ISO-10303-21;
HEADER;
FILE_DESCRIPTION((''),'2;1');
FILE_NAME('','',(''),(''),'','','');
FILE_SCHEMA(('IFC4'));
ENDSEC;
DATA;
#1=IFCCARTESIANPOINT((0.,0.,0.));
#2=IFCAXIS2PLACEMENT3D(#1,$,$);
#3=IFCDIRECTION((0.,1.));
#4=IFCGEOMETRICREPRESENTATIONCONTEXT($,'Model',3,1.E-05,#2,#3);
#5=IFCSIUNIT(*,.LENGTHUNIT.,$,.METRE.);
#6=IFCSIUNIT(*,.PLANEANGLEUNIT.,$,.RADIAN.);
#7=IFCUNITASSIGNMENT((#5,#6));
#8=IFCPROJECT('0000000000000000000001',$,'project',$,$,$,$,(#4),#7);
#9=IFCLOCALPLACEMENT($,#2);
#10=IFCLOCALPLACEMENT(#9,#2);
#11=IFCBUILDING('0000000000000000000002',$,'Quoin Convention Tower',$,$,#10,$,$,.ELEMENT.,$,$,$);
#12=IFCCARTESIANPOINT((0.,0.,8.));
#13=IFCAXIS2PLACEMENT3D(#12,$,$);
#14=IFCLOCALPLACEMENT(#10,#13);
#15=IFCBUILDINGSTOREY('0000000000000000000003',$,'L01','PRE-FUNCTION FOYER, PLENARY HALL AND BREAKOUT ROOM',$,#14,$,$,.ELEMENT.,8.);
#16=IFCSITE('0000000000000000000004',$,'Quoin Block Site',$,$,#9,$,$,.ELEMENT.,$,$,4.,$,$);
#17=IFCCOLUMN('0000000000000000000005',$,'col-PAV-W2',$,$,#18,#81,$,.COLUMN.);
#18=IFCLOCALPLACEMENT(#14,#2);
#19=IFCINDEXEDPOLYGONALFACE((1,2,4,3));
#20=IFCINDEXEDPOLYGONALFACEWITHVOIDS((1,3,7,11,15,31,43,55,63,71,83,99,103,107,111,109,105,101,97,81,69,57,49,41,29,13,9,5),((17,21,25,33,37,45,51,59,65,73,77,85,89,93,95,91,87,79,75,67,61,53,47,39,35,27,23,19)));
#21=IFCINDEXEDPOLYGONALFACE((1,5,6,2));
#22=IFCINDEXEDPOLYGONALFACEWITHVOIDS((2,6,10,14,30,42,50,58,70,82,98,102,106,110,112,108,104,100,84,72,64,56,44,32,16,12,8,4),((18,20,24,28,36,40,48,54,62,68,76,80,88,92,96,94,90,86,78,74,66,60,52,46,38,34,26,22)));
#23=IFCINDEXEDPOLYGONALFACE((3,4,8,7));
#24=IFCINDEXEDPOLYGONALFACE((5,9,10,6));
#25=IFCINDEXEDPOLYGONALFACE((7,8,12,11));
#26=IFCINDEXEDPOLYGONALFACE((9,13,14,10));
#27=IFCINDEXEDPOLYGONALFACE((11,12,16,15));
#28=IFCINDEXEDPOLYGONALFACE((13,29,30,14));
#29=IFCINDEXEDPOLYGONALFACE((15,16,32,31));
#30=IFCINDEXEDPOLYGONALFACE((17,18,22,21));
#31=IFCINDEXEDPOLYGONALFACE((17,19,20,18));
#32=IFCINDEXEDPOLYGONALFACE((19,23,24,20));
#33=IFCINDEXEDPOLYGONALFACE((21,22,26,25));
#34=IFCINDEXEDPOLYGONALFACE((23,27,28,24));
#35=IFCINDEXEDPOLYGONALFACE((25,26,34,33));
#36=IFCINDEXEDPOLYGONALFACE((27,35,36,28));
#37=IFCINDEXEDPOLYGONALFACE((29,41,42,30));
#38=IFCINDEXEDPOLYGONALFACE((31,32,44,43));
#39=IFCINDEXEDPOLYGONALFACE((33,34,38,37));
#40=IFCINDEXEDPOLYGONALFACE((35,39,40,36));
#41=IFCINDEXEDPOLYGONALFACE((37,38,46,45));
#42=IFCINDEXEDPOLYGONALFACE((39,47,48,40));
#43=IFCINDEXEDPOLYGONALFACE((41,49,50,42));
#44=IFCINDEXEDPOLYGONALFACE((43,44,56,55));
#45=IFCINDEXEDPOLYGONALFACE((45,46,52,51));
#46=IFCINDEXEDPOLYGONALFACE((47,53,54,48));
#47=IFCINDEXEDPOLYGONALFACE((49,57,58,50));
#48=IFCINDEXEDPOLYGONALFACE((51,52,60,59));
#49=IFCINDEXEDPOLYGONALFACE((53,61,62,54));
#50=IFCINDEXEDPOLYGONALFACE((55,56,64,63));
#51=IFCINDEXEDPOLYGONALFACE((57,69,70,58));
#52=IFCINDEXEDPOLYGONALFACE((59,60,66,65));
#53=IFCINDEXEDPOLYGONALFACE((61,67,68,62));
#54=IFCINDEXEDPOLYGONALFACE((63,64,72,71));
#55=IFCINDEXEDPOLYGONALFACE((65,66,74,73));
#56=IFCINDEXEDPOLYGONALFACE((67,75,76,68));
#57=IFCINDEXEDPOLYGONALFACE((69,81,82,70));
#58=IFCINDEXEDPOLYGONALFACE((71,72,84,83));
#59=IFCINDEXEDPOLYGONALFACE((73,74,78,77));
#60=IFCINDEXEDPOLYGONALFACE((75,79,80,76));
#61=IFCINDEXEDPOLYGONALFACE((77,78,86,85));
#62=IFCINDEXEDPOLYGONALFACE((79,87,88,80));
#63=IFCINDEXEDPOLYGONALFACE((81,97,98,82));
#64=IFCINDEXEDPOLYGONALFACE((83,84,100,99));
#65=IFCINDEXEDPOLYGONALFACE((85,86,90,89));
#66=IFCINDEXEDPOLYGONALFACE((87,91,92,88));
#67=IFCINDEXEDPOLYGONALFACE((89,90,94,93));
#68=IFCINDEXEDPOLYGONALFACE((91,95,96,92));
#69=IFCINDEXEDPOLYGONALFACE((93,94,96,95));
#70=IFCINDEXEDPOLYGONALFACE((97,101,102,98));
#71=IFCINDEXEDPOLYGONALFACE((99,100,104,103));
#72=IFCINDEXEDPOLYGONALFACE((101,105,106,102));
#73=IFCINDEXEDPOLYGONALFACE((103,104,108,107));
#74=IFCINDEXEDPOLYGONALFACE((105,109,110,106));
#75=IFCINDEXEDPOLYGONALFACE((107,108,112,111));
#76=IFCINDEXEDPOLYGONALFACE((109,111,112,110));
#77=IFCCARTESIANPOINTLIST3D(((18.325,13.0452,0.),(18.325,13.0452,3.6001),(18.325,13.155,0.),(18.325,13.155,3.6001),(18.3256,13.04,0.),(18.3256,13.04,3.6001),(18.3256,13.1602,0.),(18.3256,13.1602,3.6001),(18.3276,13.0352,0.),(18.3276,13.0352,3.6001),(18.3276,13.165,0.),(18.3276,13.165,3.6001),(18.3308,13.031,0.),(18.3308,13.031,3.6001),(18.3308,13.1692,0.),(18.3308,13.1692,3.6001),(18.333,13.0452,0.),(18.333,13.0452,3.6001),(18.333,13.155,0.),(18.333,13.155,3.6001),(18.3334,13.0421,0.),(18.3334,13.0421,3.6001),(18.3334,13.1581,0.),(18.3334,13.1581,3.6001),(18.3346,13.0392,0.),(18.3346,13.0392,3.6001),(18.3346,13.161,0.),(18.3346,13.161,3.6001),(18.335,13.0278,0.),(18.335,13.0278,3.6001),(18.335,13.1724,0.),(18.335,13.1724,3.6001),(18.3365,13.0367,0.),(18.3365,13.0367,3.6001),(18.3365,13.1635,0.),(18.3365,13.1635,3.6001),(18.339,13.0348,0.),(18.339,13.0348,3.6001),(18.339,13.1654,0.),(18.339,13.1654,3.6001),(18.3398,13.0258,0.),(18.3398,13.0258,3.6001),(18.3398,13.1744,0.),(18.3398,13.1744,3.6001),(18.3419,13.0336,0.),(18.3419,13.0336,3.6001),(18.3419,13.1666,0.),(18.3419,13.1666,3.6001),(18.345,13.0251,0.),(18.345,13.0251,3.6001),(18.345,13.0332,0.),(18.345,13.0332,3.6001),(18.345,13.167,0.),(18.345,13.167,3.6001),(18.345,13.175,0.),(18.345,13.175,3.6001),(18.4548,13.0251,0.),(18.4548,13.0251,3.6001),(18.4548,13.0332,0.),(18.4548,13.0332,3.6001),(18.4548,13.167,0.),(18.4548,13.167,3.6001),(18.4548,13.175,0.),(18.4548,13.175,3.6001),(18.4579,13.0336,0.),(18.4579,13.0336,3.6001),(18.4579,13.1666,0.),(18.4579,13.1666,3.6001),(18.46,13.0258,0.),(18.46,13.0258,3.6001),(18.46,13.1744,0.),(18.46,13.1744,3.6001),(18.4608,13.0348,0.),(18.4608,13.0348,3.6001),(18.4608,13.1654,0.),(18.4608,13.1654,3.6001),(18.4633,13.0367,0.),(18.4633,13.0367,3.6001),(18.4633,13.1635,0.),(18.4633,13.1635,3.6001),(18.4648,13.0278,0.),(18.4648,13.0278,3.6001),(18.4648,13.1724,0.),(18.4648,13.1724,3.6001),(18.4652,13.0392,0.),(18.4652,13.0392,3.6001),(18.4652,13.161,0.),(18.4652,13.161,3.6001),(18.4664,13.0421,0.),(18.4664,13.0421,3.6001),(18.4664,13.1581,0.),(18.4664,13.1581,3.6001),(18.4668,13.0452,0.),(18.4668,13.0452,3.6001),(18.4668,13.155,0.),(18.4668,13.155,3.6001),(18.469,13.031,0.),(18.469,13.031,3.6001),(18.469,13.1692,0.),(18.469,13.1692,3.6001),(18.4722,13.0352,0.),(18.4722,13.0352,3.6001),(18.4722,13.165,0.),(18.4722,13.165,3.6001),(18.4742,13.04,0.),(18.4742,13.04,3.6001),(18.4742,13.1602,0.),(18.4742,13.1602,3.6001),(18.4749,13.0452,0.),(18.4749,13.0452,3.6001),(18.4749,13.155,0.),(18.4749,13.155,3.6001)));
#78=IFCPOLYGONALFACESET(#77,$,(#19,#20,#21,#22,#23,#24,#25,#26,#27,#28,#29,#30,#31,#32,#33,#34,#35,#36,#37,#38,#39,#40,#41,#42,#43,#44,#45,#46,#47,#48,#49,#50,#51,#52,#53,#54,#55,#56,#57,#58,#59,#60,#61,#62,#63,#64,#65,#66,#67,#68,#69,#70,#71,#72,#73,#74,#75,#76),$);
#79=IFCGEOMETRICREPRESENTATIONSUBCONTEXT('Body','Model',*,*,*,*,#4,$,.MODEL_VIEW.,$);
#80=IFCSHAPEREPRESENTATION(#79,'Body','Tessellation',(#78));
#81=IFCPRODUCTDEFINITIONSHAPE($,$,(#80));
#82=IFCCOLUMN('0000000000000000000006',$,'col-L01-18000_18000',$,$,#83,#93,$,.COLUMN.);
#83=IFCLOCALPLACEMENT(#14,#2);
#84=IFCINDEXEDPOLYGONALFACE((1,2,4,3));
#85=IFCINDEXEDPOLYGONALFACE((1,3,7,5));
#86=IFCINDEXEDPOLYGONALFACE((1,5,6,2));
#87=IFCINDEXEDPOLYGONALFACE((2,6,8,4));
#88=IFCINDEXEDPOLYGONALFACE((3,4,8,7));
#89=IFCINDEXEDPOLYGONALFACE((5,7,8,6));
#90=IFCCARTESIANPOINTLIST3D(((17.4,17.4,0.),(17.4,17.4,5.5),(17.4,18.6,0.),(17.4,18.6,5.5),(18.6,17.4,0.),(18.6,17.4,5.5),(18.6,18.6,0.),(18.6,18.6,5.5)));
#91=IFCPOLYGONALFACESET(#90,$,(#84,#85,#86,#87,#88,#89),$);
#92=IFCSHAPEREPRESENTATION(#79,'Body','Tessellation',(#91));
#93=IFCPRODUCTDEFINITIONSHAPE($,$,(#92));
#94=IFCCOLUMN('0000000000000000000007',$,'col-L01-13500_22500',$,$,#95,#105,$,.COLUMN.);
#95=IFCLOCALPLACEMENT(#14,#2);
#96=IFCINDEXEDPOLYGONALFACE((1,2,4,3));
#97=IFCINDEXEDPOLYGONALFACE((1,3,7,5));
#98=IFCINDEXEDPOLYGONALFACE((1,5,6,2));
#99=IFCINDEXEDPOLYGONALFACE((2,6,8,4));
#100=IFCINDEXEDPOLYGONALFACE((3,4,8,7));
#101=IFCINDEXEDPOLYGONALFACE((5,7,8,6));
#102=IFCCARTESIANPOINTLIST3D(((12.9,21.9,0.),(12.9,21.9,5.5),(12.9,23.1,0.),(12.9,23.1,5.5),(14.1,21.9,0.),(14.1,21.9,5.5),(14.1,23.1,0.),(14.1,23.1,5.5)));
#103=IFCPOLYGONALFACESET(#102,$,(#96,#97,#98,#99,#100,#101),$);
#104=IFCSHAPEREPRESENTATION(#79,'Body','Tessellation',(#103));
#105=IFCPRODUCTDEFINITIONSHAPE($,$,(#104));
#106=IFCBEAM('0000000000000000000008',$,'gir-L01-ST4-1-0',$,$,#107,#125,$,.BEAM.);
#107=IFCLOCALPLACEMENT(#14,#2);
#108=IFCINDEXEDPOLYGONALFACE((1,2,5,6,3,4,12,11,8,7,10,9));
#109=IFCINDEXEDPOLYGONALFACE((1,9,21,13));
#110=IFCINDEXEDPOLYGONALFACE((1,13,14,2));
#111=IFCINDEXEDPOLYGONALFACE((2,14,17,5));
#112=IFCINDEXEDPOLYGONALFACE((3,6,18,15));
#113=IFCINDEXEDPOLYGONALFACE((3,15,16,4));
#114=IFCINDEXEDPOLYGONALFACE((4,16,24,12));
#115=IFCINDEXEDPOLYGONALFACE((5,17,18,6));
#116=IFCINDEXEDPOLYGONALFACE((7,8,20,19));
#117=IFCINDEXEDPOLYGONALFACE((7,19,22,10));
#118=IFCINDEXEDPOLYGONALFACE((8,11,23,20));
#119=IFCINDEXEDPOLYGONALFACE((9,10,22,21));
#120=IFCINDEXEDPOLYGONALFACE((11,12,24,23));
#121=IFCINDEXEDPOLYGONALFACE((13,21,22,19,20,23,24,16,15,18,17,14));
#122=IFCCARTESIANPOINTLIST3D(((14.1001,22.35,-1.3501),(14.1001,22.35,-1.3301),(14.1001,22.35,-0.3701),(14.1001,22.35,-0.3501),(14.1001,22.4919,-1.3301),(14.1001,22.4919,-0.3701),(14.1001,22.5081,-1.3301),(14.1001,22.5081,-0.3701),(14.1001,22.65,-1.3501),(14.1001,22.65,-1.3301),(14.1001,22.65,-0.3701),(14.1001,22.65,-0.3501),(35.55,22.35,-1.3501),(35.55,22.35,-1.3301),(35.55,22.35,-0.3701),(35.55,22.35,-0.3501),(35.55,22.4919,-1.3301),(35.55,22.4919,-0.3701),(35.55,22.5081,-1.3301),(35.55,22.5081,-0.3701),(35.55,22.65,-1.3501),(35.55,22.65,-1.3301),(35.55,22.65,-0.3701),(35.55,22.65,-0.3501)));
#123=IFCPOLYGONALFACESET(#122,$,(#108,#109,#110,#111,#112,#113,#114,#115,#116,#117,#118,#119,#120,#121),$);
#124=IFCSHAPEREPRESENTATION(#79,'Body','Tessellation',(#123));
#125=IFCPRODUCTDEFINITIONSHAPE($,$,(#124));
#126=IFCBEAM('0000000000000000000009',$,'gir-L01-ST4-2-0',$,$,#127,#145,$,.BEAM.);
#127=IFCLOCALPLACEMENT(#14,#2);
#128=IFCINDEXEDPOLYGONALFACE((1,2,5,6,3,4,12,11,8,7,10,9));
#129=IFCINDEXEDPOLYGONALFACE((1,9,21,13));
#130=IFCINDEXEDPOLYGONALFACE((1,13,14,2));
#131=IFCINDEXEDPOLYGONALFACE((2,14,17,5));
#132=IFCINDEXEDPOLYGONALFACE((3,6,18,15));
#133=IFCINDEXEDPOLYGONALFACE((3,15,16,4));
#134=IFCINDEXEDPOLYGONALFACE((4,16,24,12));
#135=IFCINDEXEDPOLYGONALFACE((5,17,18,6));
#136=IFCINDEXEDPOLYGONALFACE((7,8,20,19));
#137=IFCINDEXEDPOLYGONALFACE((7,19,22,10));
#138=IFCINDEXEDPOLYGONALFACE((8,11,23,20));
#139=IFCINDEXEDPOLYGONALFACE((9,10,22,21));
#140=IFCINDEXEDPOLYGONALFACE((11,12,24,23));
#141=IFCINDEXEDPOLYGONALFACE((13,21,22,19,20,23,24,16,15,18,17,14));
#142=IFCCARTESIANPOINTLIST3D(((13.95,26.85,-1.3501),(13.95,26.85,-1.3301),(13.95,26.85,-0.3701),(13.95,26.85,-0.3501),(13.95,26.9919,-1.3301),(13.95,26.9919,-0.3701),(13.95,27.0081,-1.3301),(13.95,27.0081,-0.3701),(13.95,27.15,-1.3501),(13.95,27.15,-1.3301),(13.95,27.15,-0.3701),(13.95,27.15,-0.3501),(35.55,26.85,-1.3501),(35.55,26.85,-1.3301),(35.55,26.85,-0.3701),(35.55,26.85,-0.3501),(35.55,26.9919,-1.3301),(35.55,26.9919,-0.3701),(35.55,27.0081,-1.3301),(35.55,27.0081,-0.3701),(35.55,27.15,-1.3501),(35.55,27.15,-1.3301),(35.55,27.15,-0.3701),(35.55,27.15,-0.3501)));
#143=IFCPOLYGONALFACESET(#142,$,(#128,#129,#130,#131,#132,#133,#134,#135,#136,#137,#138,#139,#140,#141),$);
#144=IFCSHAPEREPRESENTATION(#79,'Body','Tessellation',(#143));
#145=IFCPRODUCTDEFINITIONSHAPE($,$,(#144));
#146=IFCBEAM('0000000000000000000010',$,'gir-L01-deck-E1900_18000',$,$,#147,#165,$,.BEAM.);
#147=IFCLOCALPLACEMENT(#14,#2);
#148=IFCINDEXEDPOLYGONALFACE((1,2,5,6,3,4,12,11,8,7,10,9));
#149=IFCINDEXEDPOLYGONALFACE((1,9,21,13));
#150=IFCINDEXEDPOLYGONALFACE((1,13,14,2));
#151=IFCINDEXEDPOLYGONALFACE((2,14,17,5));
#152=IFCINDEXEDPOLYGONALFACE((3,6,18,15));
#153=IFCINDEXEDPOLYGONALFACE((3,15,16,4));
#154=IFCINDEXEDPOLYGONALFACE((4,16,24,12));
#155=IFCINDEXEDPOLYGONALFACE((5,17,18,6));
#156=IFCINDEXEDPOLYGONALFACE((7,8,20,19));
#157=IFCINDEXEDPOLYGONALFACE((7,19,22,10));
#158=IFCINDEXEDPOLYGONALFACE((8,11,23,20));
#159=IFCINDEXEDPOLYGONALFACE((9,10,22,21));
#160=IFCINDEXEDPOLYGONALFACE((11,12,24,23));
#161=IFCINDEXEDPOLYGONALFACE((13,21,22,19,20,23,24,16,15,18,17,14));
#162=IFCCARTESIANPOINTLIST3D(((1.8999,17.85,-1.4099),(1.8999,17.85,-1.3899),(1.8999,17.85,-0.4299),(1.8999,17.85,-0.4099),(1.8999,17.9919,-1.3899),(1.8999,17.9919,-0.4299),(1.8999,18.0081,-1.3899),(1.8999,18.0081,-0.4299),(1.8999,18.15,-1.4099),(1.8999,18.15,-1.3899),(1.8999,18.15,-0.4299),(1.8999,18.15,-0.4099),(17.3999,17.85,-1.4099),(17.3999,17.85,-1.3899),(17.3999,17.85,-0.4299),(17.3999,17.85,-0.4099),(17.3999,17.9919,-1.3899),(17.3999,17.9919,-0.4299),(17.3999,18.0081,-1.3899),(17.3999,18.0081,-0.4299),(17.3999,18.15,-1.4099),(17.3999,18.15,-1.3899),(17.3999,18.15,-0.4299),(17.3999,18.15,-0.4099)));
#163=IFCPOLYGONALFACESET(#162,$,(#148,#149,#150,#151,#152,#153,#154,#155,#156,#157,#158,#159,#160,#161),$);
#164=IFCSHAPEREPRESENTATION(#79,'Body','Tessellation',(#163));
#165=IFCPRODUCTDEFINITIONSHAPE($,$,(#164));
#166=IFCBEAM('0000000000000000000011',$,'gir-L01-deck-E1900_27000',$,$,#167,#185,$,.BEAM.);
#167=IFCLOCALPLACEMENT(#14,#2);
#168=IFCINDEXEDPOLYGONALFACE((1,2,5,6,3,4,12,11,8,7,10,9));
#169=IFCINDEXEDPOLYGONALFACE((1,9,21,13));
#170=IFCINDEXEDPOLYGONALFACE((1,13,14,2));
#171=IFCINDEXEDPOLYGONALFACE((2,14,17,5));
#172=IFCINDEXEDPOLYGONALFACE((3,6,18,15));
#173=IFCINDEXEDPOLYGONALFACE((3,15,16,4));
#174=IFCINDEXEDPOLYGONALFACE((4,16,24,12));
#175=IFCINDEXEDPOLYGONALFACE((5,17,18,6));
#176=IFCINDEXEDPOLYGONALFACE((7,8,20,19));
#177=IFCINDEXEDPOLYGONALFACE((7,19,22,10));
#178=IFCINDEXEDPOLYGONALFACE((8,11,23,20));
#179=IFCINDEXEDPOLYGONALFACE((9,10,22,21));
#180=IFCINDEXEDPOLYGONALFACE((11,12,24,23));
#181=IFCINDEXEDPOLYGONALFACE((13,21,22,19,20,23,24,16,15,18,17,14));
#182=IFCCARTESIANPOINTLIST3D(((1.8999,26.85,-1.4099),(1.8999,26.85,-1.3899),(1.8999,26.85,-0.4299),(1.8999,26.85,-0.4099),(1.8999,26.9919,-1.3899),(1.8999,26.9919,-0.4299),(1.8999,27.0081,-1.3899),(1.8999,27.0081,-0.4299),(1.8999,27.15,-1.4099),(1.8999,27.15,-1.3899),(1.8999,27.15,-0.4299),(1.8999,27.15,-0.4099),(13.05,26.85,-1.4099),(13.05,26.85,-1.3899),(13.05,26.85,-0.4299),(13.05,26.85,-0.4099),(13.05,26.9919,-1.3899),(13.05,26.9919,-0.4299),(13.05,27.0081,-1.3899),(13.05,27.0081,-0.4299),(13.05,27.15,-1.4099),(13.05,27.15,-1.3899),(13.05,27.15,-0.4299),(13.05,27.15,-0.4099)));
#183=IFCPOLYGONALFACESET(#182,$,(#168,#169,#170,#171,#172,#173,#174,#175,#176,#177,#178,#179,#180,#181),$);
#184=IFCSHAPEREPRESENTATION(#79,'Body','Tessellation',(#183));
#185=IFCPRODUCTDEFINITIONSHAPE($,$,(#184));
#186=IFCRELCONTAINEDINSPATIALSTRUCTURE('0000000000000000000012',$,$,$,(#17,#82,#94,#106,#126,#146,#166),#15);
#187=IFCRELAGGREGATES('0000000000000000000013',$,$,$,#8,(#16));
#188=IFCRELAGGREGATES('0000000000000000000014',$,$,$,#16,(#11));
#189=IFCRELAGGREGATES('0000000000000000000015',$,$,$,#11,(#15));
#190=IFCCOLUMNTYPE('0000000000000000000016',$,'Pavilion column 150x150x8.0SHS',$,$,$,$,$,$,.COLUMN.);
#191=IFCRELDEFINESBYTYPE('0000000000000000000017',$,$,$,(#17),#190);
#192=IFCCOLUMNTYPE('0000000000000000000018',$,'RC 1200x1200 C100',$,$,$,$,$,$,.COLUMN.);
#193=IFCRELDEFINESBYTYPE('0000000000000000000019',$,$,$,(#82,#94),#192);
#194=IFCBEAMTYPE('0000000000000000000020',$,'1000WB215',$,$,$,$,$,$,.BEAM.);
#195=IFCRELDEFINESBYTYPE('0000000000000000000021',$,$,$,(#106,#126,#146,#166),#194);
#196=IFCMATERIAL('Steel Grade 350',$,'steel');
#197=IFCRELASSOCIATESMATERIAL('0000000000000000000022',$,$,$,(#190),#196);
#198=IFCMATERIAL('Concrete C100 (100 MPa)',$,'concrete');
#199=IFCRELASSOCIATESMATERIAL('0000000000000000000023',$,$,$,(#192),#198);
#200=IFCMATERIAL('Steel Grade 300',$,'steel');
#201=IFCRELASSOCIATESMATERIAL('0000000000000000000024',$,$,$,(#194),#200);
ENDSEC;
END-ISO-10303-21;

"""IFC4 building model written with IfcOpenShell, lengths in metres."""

from ifc_helpers import new_model, si_unit, direction, frame, origin, origin_2d, place, context, subcontext, project, spatial, rectangle, hollow_rectangle, i_section, extrude, material, material_profile, profile_set, type_object, element, save


model = new_model("IFC4")

# Units and contexts
model_context = context("Model", 3, precision=1e-05, world=origin(), true_north=direction((0.0, 1.0)))
body_context = subcontext(model_context, "Body", "Model", "MODEL_VIEW")
ifc_project = project(units=[si_unit("LENGTHUNIT", "METRE"), si_unit("PLANEANGLEUNIT", "RADIAN")], contexts=[model_context])

# Site, building, storey
site_placement = place(None, origin())
site = spatial("IfcSite", under=ifc_project, at=site_placement, Name="Quoin Block Site", CompositionType="ELEMENT", RefElevation=4.0)
building_placement = place(site_placement, origin())
building = spatial("IfcBuilding", under=site, at=building_placement, Name="Quoin Convention Tower", CompositionType="ELEMENT")
storey_placement = place(building_placement, frame((0.0, 0.0, 8.0)))
storey = spatial("IfcBuildingStorey", under=building, at=storey_placement, Name="L01", Description="PRE-FUNCTION FOYER, PLENARY HALL AND BREAKOUT ROOM", CompositionType="ELEMENT", Elevation=8.0)

# Columns
ifc_material_1 = material(Name="Steel Grade 350", Category="steel")
ifc_material_profile_1 = material_profile(ifc_material_1, hollow_rectangle(XDim=0.1499, YDim=0.1499, WallThickness=0.0081, InnerFilletRadius=0.012, OuterFilletRadius=0.02, at=origin_2d()), Name="150x150x8.0SHS")
ifc_profile_set_1 = profile_set([ifc_material_profile_1], Name="Steel Grade 350")
column_type_1 = type_object("IfcColumnType", Name="Pavilion column 150x150x8.0SHS", PredefinedType="COLUMN", material=ifc_profile_set_1)
column_placement = place(storey_placement, frame((18.3999, 13.1001, 0.0), z_axis=(0.0, 0.0, 1.0), x_axis=(1.0, 0.0, 0.0)))
element("IfcColumn", 1, at=column_placement, inside=storey, type_object=column_type_1, Name="col-PAV-W2", PredefinedType="COLUMN", context=body_context, shape_type="SweptSolid", body=[
    extrude(hollow_rectangle(XDim=0.1499, YDim=0.1499, WallThickness=0.0081, InnerFilletRadius=0.012, OuterFilletRadius=0.02, at=origin_2d()), origin(), (0.0, 0.0, 1.0), 3.6001),
])
ifc_material_2 = material(Name="Concrete C100 (100 MPa)", Category="concrete")
ifc_material_profile_2 = material_profile(ifc_material_2, rectangle(XDim=1.2, YDim=1.2, at=origin_2d()), Name="RC 1200x1200")
ifc_profile_set_2 = profile_set([ifc_material_profile_2], Name="Concrete C100 (100 MPa)")
column_type_2 = type_object("IfcColumnType", Name="RC 1200x1200 C100", PredefinedType="COLUMN", material=ifc_profile_set_2)
for number, where, z_axis, x_axis, name in (
    (2, (18.0, 18.0, 0.0), (0.0, 0.0, 1.0), (1.0, 0.0, 0.0), "col-L01-18000_18000"),
    (3, (13.5, 22.5, 0.0), (0.0, 0.0, 1.0), (1.0, 0.0, 0.0), "col-L01-13500_22500"),
):
    element("IfcColumn", number, at=place(storey_placement, frame(where, z_axis=z_axis, x_axis=x_axis)), inside=storey, type_object=column_type_2, Name=name, PredefinedType="COLUMN", context=body_context, shape_type="SweptSolid", body=[
        extrude(rectangle(XDim=1.2, YDim=1.2, at=origin_2d()), origin(), (0.0, 0.0, 1.0), 5.5),
    ])

# Beams
ifc_material_3 = material(Name="Steel Grade 300", Category="steel")
ifc_material_profile_3 = material_profile(ifc_material_3, i_section(OverallWidth=0.3, OverallDepth=1.0, WebThickness=0.0161, FlangeThickness=0.02, at=origin_2d()), Name="1000WB215")
ifc_profile_set_3 = profile_set([ifc_material_profile_3], Name="Steel Grade 300")
beam_type_1 = type_object("IfcBeamType", Name="1000WB215", PredefinedType="BEAM", material=ifc_profile_set_3)
beam_1_placement = place(storey_placement, frame((14.1001, 22.5, -0.8501), z_axis=(1.0, 0.0, 0.0), x_axis=(0.0, 1.0, 0.0)))
element("IfcBeam", 4, at=beam_1_placement, inside=storey, type_object=beam_type_1, Name="gir-L01-ST4-1-0", PredefinedType="BEAM", context=body_context, shape_type="SweptSolid", body=[
    extrude(i_section(OverallWidth=0.3, OverallDepth=1.0, WebThickness=0.0161, FlangeThickness=0.02, at=origin_2d()), origin(), (0.0, 0.0, 1.0), 21.45),
])
beam_2_placement = place(storey_placement, frame((13.95, 27.0, -0.8501), z_axis=(1.0, 0.0, 0.0), x_axis=(0.0, 1.0, 0.0)))
element("IfcBeam", 5, at=beam_2_placement, inside=storey, type_object=beam_type_1, Name="gir-L01-ST4-2-0", PredefinedType="BEAM", context=body_context, shape_type="SweptSolid", body=[
    extrude(i_section(OverallWidth=0.3, OverallDepth=1.0, WebThickness=0.0161, FlangeThickness=0.02, at=origin_2d()), origin(), (0.0, 0.0, 1.0), 21.6001),
])
beam_3_placement = place(storey_placement, frame((1.8999, 18.0, -0.9099), z_axis=(1.0, 0.0, 0.0), x_axis=(0.0, 1.0, 0.0)))
element("IfcBeam", 6, at=beam_3_placement, inside=storey, type_object=beam_type_1, Name="gir-L01-deck-E1900_18000", PredefinedType="BEAM", context=body_context, shape_type="SweptSolid", body=[
    extrude(i_section(OverallWidth=0.3, OverallDepth=1.0, WebThickness=0.0161, FlangeThickness=0.02, at=origin_2d()), origin(), (0.0, 0.0, 1.0), 15.5),
])
beam_4_placement = place(storey_placement, frame((1.8999, 27.0, -0.9099), z_axis=(1.0, 0.0, 0.0), x_axis=(0.0, 1.0, 0.0)))
element("IfcBeam", 7, at=beam_4_placement, inside=storey, type_object=beam_type_1, Name="gir-L01-deck-E1900_27000", PredefinedType="BEAM", context=body_context, shape_type="SweptSolid", body=[
    extrude(i_section(OverallWidth=0.3, OverallDepth=1.0, WebThickness=0.0161, FlangeThickness=0.02, at=origin_2d()), origin(), (0.0, 0.0, 1.0), 11.1501),
])

save(model, "model.ifc")
